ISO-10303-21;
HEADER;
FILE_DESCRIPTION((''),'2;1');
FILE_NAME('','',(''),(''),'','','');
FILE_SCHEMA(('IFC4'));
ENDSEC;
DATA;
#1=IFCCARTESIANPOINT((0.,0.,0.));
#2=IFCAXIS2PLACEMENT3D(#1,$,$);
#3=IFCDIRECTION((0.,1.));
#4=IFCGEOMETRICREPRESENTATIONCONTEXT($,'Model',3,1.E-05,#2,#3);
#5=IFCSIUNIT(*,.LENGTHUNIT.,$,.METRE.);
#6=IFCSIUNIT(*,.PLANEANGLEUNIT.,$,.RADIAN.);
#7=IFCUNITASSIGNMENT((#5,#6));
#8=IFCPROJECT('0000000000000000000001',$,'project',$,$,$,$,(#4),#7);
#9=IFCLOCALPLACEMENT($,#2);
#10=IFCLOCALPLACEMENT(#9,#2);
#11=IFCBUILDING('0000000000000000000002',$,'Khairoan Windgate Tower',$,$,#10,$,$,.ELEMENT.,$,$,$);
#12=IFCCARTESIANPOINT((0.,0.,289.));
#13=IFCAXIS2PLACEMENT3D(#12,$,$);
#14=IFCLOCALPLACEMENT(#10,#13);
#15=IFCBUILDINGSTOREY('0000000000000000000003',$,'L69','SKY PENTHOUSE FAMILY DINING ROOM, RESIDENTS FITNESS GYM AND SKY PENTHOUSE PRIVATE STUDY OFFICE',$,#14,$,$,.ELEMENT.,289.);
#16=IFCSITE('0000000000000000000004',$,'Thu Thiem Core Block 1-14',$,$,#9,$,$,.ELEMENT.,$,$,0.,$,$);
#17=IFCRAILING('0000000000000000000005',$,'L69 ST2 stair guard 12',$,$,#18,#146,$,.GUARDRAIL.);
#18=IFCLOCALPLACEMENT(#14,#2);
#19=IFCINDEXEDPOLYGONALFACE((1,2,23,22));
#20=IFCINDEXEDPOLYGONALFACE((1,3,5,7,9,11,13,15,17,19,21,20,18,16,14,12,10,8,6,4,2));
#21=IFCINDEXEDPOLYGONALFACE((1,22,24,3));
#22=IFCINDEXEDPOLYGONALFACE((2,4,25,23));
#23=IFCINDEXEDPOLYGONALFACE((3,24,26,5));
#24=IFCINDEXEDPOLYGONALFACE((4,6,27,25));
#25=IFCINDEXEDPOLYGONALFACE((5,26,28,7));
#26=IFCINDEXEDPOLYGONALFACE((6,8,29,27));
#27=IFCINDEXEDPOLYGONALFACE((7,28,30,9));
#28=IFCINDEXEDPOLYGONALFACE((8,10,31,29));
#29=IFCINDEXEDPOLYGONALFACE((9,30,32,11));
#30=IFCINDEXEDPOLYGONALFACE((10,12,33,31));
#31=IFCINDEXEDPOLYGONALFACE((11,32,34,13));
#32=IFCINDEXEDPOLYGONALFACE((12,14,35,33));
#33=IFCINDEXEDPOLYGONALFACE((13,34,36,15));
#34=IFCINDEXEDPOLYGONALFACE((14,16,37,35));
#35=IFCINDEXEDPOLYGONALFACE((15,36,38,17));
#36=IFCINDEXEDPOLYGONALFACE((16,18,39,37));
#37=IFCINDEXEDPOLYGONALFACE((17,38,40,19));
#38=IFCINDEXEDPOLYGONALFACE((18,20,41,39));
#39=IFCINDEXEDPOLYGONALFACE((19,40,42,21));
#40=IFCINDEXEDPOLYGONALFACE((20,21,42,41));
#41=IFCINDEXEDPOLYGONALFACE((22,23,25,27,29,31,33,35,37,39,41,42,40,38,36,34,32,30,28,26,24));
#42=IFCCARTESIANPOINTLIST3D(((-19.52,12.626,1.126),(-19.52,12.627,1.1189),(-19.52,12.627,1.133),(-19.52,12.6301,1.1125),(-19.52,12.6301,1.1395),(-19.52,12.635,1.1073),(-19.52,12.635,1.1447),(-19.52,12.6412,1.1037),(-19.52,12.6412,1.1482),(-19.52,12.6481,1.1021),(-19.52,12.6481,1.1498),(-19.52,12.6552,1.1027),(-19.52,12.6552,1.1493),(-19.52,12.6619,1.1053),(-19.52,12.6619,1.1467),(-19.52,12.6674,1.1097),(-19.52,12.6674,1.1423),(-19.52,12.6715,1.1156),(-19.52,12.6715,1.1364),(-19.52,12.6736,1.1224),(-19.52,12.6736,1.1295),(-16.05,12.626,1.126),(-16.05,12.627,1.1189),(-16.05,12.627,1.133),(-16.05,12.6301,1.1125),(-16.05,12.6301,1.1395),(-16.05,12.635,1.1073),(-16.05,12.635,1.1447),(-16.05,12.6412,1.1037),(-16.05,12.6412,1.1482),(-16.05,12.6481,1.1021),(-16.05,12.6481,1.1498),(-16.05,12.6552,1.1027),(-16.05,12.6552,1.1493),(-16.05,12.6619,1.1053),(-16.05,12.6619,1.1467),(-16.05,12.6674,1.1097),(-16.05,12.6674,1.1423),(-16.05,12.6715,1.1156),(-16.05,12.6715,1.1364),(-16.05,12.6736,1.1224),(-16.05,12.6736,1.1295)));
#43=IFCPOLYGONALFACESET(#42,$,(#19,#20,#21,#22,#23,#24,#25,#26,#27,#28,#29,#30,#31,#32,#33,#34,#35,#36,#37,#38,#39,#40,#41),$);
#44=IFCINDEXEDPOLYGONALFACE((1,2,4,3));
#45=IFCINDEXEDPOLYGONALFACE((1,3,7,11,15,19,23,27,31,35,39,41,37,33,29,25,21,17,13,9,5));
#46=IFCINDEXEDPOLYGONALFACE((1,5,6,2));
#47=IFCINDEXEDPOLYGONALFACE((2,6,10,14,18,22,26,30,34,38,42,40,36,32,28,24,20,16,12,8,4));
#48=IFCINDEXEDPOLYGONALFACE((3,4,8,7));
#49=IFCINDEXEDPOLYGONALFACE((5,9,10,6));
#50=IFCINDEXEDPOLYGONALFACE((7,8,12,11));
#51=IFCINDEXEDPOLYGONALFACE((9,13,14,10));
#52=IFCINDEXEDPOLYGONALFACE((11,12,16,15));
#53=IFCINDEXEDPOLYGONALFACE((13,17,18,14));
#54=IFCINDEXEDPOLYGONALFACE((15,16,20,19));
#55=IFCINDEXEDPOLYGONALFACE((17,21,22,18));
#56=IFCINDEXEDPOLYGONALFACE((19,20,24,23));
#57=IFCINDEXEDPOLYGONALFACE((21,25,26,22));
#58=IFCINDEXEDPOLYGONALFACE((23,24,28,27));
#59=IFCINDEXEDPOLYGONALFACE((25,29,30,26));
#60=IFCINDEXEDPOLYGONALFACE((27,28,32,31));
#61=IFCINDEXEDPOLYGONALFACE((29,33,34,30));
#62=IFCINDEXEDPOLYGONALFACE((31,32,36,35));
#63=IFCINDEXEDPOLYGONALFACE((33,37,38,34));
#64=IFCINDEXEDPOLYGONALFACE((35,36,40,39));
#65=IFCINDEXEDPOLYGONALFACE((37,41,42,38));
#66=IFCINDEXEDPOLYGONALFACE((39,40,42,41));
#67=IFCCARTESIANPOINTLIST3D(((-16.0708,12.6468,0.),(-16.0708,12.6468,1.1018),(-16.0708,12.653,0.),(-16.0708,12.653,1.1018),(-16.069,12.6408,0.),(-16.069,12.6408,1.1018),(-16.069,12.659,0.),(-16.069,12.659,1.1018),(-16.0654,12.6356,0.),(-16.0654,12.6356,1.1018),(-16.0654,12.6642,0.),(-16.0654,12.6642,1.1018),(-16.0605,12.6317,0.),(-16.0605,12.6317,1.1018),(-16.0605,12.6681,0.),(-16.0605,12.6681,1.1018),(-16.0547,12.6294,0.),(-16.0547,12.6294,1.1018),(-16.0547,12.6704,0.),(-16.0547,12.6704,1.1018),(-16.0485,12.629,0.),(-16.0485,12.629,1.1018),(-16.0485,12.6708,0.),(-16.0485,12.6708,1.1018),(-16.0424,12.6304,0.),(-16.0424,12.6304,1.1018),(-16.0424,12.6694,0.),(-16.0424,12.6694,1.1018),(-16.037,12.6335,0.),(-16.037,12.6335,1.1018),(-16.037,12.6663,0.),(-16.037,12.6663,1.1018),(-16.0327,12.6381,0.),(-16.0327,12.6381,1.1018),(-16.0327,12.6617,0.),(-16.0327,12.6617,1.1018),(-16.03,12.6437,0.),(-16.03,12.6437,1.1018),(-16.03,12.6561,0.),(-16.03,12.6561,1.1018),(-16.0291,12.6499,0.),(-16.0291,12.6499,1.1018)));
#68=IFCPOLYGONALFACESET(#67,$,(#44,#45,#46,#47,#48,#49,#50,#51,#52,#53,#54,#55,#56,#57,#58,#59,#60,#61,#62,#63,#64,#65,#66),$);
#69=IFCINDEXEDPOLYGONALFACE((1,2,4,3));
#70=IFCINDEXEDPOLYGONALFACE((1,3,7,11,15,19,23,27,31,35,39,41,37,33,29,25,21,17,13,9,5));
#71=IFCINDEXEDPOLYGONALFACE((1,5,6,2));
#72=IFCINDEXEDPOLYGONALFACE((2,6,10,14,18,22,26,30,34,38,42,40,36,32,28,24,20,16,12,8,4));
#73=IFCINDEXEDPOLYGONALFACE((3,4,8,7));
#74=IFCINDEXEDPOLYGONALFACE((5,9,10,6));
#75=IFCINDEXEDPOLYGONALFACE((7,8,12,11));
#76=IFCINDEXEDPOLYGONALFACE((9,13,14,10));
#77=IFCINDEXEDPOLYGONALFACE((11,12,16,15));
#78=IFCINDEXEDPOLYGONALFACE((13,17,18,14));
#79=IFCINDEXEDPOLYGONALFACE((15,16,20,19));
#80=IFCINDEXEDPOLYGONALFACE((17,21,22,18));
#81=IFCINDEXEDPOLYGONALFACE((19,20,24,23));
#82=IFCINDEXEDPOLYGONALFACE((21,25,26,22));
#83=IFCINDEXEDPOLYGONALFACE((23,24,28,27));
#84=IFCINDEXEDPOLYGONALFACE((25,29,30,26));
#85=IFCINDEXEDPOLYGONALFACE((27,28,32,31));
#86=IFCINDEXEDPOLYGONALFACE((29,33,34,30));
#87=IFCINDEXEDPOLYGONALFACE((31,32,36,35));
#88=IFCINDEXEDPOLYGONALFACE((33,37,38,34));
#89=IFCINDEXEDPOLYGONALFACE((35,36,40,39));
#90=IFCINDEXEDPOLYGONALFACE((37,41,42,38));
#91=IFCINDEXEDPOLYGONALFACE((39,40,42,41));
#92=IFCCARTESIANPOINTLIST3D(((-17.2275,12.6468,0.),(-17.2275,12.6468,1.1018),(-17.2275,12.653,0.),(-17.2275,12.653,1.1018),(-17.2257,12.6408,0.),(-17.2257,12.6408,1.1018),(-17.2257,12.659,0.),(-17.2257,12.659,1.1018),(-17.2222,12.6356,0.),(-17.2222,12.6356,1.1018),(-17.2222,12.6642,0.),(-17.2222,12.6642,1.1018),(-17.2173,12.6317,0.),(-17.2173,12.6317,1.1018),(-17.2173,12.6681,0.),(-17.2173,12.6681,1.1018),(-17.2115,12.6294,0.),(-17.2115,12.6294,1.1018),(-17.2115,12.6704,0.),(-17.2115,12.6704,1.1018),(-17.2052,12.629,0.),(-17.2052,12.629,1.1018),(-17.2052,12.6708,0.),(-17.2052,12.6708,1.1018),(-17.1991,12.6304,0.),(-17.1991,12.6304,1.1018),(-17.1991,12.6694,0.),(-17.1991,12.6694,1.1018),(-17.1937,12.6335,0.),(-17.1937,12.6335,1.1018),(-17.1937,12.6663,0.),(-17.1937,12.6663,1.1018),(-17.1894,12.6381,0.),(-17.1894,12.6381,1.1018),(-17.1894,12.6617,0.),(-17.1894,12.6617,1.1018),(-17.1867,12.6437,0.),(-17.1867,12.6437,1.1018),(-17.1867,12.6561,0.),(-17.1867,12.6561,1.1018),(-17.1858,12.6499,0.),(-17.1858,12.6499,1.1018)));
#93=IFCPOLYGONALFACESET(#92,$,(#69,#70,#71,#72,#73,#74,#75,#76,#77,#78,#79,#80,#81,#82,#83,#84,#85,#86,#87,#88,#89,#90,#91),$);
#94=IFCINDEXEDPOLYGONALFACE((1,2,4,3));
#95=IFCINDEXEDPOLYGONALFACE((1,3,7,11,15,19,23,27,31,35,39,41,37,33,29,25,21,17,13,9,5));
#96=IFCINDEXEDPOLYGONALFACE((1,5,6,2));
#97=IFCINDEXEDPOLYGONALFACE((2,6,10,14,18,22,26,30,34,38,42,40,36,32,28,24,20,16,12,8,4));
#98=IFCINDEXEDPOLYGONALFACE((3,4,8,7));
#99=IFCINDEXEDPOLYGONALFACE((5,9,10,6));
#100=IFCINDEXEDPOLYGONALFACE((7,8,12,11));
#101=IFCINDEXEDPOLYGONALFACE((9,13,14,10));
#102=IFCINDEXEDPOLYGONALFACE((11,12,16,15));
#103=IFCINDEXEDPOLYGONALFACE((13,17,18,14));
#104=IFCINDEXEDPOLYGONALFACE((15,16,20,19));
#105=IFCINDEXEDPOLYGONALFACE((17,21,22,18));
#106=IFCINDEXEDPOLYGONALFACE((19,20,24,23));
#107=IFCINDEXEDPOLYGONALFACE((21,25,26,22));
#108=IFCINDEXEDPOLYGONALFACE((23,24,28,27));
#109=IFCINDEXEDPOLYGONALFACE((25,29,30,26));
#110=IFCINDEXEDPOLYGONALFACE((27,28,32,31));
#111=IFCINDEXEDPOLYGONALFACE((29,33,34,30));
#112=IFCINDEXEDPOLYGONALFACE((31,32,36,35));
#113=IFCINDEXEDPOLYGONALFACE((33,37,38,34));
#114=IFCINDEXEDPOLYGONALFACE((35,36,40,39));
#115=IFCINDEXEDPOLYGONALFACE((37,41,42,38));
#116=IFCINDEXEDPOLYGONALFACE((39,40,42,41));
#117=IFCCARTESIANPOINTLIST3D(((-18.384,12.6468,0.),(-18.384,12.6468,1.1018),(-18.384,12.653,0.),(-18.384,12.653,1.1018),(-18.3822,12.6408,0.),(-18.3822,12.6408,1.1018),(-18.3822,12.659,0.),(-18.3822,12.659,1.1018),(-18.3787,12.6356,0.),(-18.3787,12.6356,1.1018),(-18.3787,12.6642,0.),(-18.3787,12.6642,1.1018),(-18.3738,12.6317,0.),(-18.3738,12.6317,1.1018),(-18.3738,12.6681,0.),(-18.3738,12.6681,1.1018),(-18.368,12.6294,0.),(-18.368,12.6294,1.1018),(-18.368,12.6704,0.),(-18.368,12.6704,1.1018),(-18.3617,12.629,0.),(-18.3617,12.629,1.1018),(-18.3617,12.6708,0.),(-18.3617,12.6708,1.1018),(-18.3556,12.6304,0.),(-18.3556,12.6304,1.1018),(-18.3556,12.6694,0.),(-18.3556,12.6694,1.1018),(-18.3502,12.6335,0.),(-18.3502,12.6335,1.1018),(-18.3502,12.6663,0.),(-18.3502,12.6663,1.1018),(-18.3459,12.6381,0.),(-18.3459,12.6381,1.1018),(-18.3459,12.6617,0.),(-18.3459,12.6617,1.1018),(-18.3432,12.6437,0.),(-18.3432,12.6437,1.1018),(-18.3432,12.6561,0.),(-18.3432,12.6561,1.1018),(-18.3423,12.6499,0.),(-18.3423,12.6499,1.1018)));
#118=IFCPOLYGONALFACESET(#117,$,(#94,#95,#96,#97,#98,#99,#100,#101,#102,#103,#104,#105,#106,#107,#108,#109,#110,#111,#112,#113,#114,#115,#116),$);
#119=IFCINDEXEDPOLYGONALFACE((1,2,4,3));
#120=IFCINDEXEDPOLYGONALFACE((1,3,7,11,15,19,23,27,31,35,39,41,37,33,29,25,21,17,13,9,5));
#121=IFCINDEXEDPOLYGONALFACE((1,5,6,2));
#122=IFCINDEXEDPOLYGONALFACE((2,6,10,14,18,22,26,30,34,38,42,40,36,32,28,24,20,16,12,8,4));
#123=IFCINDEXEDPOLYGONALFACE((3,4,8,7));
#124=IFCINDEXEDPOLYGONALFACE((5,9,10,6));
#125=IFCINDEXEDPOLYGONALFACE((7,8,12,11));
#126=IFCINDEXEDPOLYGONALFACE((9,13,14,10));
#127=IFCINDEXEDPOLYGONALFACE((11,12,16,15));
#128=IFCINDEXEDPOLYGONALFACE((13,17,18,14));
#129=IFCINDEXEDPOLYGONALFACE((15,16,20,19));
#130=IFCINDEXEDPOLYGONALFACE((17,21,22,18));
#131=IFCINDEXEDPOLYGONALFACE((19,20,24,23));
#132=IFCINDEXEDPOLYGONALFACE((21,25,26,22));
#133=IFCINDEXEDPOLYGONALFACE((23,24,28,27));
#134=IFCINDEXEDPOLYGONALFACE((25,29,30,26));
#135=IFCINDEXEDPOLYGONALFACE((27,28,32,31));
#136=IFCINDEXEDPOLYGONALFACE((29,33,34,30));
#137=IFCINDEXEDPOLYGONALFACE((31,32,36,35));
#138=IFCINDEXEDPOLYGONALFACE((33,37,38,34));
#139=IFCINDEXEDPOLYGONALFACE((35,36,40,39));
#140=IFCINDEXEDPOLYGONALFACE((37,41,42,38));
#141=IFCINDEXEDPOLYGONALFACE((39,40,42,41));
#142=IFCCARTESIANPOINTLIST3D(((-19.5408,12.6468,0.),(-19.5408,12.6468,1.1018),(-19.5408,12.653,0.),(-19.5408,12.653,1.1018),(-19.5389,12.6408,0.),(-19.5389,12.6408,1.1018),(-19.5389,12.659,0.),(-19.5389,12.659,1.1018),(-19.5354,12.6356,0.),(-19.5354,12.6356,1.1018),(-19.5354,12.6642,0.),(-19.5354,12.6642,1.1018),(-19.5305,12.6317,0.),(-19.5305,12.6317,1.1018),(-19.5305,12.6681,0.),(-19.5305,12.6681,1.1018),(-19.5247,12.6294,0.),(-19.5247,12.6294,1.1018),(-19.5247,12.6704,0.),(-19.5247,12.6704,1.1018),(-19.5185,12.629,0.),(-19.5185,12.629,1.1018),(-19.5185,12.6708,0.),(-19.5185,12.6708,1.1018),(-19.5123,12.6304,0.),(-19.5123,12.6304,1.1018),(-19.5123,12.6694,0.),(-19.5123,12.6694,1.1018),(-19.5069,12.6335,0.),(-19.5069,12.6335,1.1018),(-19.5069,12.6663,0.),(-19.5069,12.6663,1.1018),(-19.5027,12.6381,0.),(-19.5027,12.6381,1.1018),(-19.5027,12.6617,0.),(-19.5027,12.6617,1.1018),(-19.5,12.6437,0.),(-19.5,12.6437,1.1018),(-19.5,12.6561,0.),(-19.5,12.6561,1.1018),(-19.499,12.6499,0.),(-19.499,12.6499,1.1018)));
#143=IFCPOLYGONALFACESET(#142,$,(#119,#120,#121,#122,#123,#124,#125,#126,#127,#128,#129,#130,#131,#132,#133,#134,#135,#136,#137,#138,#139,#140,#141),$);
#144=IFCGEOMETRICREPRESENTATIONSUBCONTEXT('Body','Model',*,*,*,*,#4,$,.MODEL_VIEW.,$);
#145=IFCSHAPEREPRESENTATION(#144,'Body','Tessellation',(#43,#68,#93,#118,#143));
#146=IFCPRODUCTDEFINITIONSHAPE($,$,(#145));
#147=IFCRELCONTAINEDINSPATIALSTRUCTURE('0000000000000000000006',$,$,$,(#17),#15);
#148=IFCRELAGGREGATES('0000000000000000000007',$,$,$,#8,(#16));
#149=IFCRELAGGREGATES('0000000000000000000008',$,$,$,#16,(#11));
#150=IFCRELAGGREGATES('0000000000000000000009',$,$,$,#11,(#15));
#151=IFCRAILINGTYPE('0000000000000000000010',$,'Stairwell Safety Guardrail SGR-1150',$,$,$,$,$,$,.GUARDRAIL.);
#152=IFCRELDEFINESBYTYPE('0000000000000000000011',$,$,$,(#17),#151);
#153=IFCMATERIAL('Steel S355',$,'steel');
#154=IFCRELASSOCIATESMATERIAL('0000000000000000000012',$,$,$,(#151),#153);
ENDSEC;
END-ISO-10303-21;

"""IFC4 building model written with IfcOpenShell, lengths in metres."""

from ifc_helpers import new_model, si_unit, direction, frame, origin, origin_2d, place, context, subcontext, project, spatial, circle, extrude, material, type_object, element, save


model = new_model("IFC4")

# Units and contexts
model_context = context("Model", 3, precision=1e-05, world=origin(), true_north=direction((0.0, 1.0)))
body_context = subcontext(model_context, "Body", "Model", "MODEL_VIEW")
ifc_project = project(units=[si_unit("LENGTHUNIT", "METRE"), si_unit("PLANEANGLEUNIT", "RADIAN")], contexts=[model_context])

# Site, building, storey
site_placement = place(None, origin())
site = spatial("IfcSite", under=ifc_project, at=site_placement, Name="Thu Thiem Core Block 1-14", CompositionType="ELEMENT", RefElevation=0.0)
building_placement = place(site_placement, origin())
building = spatial("IfcBuilding", under=site, at=building_placement, Name="Khairoan Windgate Tower", CompositionType="ELEMENT")
storey_placement = place(building_placement, frame((0.0, 0.0, 289.0)))
storey = spatial("IfcBuildingStorey", under=building, at=storey_placement, Name="L69", Description="SKY PENTHOUSE FAMILY DINING ROOM, RESIDENTS FITNESS GYM AND SKY PENTHOUSE PRIVATE STUDY OFFICE", CompositionType="ELEMENT", Elevation=289.0)

# Railing
ifc_material_1 = material(Name="Steel S355", Category="steel")
railing_type = type_object("IfcRailingType", Name="Stairwell Safety Guardrail SGR-1150", PredefinedType="GUARDRAIL", material=ifc_material_1)
railing_1_placement = place(storey_placement, frame((-16.05, 12.6499, 0.0)))
element("IfcRailing", 1, at=railing_1_placement, inside=storey, type_object=railing_type, Name="L69 ST2 stair guard 12", PredefinedType="GUARDRAIL", context=body_context, shape_type="SweptSolid", body=[
    extrude(circle(Radius=0.0239, at=origin_2d()), frame((0.0, 0.0, 1.126), z_axis=(-1.0, 0.0, 0.0), x_axis=(0.0, -1.0, 0.0)), (0.0, 0.0, 1.0), 3.47),
    extrude(circle(Radius=0.021, at=origin_2d()), origin(), (0.0, 0.0, 1.0), 1.1018),
    extrude(circle(Radius=0.021, at=origin_2d()), frame((-1.1567, 0.0, 0.0)), (0.0, 0.0, 1.0), 1.1018),
    extrude(circle(Radius=0.021, at=origin_2d()), frame((-2.3132, 0.0, 0.0)), (0.0, 0.0, 1.0), 1.1018),
    extrude(circle(Radius=0.021, at=origin_2d()), frame((-3.47, 0.0, 0.0)), (0.0, 0.0, 1.0), 1.1018),
])

save(model, "model.ifc")
